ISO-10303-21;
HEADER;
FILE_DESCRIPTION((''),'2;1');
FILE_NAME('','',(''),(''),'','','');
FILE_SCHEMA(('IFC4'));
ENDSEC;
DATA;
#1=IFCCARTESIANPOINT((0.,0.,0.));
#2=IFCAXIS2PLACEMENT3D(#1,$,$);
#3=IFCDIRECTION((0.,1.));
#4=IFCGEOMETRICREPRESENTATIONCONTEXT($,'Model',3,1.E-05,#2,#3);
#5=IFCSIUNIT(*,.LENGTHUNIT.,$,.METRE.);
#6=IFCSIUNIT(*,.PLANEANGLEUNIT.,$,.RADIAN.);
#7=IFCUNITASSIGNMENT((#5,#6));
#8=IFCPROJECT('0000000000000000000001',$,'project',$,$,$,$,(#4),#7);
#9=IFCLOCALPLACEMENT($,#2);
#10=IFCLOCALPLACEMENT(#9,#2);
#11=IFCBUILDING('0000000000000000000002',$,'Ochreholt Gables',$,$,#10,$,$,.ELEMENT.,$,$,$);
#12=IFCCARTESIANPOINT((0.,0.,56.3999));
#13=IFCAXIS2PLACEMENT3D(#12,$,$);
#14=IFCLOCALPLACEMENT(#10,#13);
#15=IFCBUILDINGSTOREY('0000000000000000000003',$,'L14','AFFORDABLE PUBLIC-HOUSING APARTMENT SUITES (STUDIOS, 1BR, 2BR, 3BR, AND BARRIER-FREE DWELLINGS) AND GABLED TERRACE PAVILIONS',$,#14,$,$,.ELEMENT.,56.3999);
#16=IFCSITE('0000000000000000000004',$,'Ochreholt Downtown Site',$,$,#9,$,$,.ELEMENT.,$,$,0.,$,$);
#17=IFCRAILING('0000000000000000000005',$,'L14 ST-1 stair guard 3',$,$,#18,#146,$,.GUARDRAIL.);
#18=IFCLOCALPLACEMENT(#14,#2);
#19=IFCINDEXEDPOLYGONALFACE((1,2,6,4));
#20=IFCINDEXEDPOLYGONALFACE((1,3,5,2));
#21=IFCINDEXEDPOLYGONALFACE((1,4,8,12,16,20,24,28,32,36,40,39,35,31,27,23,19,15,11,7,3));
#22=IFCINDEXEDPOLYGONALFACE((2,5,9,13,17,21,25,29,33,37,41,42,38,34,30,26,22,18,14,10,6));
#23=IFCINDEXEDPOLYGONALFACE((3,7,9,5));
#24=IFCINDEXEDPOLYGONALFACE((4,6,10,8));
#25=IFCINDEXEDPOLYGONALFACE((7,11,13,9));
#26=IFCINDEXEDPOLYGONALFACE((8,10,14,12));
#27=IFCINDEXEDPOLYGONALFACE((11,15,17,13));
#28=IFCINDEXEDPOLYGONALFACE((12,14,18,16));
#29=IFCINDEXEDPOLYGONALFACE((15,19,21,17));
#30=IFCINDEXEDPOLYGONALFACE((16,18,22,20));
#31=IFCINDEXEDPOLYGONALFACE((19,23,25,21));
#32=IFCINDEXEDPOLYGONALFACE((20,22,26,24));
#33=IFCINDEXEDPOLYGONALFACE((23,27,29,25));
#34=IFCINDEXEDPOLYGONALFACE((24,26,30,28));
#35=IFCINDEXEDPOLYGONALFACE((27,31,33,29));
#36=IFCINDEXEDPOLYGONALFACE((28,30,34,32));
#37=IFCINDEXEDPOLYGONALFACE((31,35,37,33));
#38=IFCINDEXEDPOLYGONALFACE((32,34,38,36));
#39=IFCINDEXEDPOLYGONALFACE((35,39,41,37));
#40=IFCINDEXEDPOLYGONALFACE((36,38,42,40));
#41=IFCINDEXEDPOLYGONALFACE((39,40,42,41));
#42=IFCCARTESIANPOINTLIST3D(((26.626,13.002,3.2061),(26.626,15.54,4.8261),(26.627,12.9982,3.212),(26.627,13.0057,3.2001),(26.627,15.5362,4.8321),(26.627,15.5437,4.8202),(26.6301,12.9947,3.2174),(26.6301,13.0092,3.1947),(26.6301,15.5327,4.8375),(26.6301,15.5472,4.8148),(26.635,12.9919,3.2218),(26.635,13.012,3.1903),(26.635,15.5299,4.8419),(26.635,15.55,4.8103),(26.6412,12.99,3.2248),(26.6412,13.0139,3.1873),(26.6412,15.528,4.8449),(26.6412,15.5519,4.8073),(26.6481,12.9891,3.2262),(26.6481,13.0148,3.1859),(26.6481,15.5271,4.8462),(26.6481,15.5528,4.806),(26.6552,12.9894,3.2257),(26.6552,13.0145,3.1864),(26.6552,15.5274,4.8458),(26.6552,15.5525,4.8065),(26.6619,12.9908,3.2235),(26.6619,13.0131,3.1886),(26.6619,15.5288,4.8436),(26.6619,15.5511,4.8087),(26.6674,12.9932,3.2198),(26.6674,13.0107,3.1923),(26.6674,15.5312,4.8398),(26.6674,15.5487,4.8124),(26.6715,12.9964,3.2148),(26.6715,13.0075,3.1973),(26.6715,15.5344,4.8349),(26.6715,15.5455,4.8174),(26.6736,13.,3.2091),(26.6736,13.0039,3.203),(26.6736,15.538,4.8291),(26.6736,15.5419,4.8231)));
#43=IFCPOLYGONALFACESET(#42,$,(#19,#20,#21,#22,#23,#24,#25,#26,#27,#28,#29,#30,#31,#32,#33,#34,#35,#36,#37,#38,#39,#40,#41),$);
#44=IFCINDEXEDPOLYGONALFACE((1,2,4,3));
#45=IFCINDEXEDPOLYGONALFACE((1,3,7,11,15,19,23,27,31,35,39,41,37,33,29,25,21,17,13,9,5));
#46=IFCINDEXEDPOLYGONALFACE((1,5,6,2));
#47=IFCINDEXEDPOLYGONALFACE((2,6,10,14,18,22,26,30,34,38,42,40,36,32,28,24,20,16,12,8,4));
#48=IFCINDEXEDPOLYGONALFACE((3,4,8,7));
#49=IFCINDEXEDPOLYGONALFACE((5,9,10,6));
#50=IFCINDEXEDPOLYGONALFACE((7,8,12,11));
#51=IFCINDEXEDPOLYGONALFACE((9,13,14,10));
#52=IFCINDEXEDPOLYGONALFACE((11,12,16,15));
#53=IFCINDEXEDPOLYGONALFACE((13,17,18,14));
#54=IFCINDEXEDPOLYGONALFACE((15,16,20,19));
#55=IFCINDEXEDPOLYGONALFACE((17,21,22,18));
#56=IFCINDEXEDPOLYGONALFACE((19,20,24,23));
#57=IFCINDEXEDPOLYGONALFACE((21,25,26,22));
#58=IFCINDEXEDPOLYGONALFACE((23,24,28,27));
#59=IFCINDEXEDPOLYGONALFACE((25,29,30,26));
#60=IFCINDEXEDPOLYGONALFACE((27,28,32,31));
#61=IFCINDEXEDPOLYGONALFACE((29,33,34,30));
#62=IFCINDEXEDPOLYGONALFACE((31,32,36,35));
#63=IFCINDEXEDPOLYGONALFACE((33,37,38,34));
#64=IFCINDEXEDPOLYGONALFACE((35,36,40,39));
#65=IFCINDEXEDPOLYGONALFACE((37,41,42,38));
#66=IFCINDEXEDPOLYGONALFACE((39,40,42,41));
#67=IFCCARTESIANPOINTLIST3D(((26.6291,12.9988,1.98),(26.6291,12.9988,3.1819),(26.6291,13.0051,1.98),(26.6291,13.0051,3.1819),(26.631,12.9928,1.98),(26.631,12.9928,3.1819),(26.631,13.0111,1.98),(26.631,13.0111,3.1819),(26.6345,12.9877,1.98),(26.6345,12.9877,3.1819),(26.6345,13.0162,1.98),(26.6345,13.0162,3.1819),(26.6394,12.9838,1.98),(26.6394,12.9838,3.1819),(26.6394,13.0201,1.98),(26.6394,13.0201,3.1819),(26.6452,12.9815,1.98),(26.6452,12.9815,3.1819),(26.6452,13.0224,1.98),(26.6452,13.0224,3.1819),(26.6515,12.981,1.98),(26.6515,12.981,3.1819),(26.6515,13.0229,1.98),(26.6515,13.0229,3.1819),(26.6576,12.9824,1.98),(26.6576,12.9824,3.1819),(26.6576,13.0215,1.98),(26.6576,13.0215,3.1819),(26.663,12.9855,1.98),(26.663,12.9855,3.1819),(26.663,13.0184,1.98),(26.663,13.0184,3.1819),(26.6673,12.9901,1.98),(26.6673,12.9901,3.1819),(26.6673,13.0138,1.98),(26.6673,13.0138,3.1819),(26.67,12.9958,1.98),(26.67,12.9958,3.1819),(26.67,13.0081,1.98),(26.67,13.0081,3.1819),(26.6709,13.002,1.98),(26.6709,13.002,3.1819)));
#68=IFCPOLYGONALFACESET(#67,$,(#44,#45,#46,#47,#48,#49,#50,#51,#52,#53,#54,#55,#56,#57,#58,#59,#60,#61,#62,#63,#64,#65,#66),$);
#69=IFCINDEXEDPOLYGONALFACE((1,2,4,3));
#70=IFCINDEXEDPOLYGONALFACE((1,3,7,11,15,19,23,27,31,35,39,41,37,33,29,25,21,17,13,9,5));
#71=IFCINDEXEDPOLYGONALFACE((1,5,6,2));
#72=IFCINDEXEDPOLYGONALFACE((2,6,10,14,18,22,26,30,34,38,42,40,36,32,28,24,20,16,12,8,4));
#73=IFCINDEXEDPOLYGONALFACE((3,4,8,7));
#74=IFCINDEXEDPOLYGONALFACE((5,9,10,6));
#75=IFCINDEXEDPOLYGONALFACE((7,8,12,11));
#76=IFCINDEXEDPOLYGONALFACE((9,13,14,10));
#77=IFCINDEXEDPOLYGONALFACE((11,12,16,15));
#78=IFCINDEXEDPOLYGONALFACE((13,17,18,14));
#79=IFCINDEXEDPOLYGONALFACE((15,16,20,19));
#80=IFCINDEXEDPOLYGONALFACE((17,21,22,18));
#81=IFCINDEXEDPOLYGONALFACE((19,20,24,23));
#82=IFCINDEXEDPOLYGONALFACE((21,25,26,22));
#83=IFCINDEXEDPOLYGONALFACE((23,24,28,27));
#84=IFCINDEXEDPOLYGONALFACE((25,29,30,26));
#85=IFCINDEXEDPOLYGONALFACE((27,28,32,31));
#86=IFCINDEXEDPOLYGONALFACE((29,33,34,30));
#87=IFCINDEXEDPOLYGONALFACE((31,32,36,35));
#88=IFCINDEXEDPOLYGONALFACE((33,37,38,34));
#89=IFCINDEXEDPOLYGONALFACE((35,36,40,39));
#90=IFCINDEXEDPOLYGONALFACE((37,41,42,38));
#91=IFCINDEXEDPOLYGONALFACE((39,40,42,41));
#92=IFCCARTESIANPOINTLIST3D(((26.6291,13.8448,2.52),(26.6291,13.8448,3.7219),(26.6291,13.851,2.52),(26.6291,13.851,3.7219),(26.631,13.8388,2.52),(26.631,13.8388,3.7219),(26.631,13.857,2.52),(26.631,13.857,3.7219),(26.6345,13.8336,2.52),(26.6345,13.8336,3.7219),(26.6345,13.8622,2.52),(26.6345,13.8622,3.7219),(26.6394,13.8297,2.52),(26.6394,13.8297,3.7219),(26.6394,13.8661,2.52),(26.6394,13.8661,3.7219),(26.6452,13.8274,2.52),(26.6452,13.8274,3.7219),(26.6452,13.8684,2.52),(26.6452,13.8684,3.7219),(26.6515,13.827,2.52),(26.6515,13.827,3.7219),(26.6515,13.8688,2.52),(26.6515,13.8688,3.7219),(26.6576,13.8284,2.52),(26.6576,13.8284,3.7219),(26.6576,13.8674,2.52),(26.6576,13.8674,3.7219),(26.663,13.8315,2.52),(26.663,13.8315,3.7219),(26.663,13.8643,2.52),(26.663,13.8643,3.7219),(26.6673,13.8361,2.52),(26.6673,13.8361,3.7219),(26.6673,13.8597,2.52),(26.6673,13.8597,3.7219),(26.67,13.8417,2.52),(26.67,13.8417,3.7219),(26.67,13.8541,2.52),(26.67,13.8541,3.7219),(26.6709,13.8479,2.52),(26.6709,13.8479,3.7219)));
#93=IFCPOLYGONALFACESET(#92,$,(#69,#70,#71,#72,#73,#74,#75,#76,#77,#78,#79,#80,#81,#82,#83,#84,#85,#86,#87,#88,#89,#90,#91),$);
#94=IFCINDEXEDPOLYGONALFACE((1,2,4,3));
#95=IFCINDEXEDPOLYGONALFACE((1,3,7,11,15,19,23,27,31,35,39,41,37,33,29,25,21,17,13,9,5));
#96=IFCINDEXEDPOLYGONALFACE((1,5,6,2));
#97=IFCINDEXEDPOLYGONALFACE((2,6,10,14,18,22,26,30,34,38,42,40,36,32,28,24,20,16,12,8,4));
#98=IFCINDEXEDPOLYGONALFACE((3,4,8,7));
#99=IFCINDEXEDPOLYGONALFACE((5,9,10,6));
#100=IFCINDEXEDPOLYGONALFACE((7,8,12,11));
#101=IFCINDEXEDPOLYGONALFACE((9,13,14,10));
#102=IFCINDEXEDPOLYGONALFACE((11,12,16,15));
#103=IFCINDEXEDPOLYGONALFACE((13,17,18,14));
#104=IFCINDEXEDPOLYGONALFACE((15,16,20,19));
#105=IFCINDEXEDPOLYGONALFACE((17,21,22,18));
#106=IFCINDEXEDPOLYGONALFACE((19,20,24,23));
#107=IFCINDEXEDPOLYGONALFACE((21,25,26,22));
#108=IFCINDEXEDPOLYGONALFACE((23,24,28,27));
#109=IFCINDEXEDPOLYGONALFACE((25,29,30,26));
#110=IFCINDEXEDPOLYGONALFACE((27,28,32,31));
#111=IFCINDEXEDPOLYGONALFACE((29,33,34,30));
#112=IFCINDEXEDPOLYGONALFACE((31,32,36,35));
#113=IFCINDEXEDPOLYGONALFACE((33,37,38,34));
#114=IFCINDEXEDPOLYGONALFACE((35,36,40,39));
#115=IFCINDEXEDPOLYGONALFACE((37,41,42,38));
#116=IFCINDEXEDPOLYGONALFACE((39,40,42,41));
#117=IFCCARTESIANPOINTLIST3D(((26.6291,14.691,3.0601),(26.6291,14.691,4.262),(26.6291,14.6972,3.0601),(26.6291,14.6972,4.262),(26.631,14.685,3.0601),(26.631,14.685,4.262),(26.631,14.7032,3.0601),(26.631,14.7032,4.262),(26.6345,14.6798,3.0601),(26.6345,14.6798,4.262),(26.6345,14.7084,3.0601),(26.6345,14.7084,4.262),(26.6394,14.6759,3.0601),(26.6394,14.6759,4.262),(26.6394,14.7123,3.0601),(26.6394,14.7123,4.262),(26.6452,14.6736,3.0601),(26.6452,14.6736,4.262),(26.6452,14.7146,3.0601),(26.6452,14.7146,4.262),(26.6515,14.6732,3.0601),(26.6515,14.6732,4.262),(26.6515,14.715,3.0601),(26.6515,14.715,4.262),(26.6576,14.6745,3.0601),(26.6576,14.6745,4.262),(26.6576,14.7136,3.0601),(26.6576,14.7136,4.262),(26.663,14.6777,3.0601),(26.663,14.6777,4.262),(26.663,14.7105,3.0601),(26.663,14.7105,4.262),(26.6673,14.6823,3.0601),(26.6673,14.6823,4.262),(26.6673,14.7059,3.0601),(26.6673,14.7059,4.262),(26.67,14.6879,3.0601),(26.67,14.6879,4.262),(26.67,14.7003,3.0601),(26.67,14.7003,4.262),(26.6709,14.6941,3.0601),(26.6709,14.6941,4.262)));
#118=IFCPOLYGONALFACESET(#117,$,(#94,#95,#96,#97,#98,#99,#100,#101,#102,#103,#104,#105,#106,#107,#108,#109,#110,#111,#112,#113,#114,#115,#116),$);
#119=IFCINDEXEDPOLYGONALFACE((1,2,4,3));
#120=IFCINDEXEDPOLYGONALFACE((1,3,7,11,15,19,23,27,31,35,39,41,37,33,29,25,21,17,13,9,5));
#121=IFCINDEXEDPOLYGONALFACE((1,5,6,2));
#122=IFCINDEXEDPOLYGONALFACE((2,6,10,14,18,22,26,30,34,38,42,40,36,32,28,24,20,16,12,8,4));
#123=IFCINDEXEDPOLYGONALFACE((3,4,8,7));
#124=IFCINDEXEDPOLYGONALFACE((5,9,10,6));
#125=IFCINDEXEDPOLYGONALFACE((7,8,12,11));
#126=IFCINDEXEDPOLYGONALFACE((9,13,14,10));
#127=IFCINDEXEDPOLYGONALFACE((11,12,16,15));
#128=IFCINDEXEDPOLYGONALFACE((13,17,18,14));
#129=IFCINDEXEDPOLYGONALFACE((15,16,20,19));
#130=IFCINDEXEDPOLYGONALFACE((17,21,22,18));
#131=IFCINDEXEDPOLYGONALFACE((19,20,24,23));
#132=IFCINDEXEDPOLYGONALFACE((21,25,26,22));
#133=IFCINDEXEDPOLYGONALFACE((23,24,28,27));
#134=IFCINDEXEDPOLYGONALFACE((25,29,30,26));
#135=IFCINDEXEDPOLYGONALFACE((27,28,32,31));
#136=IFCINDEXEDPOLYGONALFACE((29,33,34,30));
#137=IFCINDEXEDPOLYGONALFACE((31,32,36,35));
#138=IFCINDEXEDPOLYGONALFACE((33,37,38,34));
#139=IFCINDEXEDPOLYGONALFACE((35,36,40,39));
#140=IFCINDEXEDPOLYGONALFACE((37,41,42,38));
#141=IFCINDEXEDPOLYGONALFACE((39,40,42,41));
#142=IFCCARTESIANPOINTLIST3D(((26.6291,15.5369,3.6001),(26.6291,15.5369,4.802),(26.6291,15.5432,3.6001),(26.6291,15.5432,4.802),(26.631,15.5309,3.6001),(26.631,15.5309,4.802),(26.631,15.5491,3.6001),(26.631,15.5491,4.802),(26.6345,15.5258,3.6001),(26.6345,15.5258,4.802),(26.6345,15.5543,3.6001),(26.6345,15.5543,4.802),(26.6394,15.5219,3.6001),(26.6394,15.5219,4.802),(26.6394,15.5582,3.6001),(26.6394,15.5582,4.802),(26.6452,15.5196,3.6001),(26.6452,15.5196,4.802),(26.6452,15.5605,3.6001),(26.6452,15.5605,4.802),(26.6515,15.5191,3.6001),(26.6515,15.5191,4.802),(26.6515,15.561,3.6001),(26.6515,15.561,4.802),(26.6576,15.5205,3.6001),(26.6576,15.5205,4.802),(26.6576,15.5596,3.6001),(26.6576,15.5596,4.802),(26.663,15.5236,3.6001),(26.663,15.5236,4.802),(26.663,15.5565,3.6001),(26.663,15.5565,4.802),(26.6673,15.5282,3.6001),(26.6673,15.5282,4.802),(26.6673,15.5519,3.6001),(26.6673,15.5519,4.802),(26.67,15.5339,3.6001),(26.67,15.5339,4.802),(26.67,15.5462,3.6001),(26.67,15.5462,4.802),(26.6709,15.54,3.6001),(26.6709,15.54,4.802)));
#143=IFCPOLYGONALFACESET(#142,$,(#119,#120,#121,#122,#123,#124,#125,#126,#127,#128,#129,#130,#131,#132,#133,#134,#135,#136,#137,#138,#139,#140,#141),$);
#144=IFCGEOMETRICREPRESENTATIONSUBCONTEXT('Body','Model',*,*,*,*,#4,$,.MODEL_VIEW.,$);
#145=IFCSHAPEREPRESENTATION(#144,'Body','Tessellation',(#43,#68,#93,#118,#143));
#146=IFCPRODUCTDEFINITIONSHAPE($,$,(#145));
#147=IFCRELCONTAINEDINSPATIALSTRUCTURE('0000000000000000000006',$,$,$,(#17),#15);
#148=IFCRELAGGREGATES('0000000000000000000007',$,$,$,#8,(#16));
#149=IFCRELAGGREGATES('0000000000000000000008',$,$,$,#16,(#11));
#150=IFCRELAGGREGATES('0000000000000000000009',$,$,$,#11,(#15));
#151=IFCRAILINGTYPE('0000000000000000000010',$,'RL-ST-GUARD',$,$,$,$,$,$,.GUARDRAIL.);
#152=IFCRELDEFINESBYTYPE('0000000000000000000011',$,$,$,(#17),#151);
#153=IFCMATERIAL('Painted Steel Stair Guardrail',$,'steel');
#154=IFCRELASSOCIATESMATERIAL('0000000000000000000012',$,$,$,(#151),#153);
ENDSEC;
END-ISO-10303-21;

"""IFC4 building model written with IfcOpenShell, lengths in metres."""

from ifc_helpers import new_model, si_unit, direction, frame, origin, origin_2d, place, context, subcontext, project, spatial, circle, extrude, material, type_object, element, save


model = new_model("IFC4")

# Units and contexts
model_context = context("Model", 3, precision=1e-05, world=origin(), true_north=direction((0.0, 1.0)))
body_context = subcontext(model_context, "Body", "Model", "MODEL_VIEW")
ifc_project = project(units=[si_unit("LENGTHUNIT", "METRE"), si_unit("PLANEANGLEUNIT", "RADIAN")], contexts=[model_context])

# Site, building, storey
site_placement = place(None, origin())
site = spatial("IfcSite", under=ifc_project, at=site_placement, Name="Ochreholt Downtown Site", CompositionType="ELEMENT", RefElevation=0.0)
building_placement = place(site_placement, origin())
building = spatial("IfcBuilding", under=site, at=building_placement, Name="Ochreholt Gables", CompositionType="ELEMENT")
storey_placement = place(building_placement, frame((0.0, 0.0, 56.3999)))
storey = spatial("IfcBuildingStorey", under=building, at=storey_placement, Name="L14", Description="AFFORDABLE PUBLIC-HOUSING APARTMENT SUITES (STUDIOS, 1BR, 2BR, 3BR, AND BARRIER-FREE DWELLINGS) AND GABLED TERRACE PAVILIONS", CompositionType="ELEMENT", Elevation=56.3999)

# Railing
ifc_material_1 = material(Name="Painted Steel Stair Guardrail", Category="steel")
railing_type_1 = type_object("IfcRailingType", Name="RL-ST-GUARD", PredefinedType="GUARDRAIL", material=ifc_material_1)
railing_1_placement = place(storey_placement, frame((26.6499, 13.002, 1.98)))
element("IfcRailing", 1, at=railing_1_placement, inside=storey, type_object=railing_type_1, Name="L14 ST-1 stair guard 3", PredefinedType="GUARDRAIL", context=body_context, shape_type="SweptSolid", body=[
    extrude(circle(Radius=0.0239, at=origin_2d()), frame((0.0, 0.0, 1.2261), z_axis=(0.0, 0.842913, 0.53805), x_axis=(-1.0, 0.0, 0.0)), (0.0, 0.0, 1.0), 3.011),
    extrude(circle(Radius=0.021, at=origin_2d()), origin(), (0.0, 0.0, 1.0), 1.2019),
    extrude(circle(Radius=0.021, at=origin_2d()), frame((0.0, 0.8459, 0.54)), (0.0, 0.0, 1.0), 1.2019),
    extrude(circle(Radius=0.021, at=origin_2d()), frame((0.0, 1.6921, 1.0801)), (0.0, 0.0, 1.0), 1.2019),
    extrude(circle(Radius=0.021, at=origin_2d()), frame((0.0, 2.5381, 1.6201)), (0.0, 0.0, 1.0), 1.2019),
])

save(model, "model.ifc")
